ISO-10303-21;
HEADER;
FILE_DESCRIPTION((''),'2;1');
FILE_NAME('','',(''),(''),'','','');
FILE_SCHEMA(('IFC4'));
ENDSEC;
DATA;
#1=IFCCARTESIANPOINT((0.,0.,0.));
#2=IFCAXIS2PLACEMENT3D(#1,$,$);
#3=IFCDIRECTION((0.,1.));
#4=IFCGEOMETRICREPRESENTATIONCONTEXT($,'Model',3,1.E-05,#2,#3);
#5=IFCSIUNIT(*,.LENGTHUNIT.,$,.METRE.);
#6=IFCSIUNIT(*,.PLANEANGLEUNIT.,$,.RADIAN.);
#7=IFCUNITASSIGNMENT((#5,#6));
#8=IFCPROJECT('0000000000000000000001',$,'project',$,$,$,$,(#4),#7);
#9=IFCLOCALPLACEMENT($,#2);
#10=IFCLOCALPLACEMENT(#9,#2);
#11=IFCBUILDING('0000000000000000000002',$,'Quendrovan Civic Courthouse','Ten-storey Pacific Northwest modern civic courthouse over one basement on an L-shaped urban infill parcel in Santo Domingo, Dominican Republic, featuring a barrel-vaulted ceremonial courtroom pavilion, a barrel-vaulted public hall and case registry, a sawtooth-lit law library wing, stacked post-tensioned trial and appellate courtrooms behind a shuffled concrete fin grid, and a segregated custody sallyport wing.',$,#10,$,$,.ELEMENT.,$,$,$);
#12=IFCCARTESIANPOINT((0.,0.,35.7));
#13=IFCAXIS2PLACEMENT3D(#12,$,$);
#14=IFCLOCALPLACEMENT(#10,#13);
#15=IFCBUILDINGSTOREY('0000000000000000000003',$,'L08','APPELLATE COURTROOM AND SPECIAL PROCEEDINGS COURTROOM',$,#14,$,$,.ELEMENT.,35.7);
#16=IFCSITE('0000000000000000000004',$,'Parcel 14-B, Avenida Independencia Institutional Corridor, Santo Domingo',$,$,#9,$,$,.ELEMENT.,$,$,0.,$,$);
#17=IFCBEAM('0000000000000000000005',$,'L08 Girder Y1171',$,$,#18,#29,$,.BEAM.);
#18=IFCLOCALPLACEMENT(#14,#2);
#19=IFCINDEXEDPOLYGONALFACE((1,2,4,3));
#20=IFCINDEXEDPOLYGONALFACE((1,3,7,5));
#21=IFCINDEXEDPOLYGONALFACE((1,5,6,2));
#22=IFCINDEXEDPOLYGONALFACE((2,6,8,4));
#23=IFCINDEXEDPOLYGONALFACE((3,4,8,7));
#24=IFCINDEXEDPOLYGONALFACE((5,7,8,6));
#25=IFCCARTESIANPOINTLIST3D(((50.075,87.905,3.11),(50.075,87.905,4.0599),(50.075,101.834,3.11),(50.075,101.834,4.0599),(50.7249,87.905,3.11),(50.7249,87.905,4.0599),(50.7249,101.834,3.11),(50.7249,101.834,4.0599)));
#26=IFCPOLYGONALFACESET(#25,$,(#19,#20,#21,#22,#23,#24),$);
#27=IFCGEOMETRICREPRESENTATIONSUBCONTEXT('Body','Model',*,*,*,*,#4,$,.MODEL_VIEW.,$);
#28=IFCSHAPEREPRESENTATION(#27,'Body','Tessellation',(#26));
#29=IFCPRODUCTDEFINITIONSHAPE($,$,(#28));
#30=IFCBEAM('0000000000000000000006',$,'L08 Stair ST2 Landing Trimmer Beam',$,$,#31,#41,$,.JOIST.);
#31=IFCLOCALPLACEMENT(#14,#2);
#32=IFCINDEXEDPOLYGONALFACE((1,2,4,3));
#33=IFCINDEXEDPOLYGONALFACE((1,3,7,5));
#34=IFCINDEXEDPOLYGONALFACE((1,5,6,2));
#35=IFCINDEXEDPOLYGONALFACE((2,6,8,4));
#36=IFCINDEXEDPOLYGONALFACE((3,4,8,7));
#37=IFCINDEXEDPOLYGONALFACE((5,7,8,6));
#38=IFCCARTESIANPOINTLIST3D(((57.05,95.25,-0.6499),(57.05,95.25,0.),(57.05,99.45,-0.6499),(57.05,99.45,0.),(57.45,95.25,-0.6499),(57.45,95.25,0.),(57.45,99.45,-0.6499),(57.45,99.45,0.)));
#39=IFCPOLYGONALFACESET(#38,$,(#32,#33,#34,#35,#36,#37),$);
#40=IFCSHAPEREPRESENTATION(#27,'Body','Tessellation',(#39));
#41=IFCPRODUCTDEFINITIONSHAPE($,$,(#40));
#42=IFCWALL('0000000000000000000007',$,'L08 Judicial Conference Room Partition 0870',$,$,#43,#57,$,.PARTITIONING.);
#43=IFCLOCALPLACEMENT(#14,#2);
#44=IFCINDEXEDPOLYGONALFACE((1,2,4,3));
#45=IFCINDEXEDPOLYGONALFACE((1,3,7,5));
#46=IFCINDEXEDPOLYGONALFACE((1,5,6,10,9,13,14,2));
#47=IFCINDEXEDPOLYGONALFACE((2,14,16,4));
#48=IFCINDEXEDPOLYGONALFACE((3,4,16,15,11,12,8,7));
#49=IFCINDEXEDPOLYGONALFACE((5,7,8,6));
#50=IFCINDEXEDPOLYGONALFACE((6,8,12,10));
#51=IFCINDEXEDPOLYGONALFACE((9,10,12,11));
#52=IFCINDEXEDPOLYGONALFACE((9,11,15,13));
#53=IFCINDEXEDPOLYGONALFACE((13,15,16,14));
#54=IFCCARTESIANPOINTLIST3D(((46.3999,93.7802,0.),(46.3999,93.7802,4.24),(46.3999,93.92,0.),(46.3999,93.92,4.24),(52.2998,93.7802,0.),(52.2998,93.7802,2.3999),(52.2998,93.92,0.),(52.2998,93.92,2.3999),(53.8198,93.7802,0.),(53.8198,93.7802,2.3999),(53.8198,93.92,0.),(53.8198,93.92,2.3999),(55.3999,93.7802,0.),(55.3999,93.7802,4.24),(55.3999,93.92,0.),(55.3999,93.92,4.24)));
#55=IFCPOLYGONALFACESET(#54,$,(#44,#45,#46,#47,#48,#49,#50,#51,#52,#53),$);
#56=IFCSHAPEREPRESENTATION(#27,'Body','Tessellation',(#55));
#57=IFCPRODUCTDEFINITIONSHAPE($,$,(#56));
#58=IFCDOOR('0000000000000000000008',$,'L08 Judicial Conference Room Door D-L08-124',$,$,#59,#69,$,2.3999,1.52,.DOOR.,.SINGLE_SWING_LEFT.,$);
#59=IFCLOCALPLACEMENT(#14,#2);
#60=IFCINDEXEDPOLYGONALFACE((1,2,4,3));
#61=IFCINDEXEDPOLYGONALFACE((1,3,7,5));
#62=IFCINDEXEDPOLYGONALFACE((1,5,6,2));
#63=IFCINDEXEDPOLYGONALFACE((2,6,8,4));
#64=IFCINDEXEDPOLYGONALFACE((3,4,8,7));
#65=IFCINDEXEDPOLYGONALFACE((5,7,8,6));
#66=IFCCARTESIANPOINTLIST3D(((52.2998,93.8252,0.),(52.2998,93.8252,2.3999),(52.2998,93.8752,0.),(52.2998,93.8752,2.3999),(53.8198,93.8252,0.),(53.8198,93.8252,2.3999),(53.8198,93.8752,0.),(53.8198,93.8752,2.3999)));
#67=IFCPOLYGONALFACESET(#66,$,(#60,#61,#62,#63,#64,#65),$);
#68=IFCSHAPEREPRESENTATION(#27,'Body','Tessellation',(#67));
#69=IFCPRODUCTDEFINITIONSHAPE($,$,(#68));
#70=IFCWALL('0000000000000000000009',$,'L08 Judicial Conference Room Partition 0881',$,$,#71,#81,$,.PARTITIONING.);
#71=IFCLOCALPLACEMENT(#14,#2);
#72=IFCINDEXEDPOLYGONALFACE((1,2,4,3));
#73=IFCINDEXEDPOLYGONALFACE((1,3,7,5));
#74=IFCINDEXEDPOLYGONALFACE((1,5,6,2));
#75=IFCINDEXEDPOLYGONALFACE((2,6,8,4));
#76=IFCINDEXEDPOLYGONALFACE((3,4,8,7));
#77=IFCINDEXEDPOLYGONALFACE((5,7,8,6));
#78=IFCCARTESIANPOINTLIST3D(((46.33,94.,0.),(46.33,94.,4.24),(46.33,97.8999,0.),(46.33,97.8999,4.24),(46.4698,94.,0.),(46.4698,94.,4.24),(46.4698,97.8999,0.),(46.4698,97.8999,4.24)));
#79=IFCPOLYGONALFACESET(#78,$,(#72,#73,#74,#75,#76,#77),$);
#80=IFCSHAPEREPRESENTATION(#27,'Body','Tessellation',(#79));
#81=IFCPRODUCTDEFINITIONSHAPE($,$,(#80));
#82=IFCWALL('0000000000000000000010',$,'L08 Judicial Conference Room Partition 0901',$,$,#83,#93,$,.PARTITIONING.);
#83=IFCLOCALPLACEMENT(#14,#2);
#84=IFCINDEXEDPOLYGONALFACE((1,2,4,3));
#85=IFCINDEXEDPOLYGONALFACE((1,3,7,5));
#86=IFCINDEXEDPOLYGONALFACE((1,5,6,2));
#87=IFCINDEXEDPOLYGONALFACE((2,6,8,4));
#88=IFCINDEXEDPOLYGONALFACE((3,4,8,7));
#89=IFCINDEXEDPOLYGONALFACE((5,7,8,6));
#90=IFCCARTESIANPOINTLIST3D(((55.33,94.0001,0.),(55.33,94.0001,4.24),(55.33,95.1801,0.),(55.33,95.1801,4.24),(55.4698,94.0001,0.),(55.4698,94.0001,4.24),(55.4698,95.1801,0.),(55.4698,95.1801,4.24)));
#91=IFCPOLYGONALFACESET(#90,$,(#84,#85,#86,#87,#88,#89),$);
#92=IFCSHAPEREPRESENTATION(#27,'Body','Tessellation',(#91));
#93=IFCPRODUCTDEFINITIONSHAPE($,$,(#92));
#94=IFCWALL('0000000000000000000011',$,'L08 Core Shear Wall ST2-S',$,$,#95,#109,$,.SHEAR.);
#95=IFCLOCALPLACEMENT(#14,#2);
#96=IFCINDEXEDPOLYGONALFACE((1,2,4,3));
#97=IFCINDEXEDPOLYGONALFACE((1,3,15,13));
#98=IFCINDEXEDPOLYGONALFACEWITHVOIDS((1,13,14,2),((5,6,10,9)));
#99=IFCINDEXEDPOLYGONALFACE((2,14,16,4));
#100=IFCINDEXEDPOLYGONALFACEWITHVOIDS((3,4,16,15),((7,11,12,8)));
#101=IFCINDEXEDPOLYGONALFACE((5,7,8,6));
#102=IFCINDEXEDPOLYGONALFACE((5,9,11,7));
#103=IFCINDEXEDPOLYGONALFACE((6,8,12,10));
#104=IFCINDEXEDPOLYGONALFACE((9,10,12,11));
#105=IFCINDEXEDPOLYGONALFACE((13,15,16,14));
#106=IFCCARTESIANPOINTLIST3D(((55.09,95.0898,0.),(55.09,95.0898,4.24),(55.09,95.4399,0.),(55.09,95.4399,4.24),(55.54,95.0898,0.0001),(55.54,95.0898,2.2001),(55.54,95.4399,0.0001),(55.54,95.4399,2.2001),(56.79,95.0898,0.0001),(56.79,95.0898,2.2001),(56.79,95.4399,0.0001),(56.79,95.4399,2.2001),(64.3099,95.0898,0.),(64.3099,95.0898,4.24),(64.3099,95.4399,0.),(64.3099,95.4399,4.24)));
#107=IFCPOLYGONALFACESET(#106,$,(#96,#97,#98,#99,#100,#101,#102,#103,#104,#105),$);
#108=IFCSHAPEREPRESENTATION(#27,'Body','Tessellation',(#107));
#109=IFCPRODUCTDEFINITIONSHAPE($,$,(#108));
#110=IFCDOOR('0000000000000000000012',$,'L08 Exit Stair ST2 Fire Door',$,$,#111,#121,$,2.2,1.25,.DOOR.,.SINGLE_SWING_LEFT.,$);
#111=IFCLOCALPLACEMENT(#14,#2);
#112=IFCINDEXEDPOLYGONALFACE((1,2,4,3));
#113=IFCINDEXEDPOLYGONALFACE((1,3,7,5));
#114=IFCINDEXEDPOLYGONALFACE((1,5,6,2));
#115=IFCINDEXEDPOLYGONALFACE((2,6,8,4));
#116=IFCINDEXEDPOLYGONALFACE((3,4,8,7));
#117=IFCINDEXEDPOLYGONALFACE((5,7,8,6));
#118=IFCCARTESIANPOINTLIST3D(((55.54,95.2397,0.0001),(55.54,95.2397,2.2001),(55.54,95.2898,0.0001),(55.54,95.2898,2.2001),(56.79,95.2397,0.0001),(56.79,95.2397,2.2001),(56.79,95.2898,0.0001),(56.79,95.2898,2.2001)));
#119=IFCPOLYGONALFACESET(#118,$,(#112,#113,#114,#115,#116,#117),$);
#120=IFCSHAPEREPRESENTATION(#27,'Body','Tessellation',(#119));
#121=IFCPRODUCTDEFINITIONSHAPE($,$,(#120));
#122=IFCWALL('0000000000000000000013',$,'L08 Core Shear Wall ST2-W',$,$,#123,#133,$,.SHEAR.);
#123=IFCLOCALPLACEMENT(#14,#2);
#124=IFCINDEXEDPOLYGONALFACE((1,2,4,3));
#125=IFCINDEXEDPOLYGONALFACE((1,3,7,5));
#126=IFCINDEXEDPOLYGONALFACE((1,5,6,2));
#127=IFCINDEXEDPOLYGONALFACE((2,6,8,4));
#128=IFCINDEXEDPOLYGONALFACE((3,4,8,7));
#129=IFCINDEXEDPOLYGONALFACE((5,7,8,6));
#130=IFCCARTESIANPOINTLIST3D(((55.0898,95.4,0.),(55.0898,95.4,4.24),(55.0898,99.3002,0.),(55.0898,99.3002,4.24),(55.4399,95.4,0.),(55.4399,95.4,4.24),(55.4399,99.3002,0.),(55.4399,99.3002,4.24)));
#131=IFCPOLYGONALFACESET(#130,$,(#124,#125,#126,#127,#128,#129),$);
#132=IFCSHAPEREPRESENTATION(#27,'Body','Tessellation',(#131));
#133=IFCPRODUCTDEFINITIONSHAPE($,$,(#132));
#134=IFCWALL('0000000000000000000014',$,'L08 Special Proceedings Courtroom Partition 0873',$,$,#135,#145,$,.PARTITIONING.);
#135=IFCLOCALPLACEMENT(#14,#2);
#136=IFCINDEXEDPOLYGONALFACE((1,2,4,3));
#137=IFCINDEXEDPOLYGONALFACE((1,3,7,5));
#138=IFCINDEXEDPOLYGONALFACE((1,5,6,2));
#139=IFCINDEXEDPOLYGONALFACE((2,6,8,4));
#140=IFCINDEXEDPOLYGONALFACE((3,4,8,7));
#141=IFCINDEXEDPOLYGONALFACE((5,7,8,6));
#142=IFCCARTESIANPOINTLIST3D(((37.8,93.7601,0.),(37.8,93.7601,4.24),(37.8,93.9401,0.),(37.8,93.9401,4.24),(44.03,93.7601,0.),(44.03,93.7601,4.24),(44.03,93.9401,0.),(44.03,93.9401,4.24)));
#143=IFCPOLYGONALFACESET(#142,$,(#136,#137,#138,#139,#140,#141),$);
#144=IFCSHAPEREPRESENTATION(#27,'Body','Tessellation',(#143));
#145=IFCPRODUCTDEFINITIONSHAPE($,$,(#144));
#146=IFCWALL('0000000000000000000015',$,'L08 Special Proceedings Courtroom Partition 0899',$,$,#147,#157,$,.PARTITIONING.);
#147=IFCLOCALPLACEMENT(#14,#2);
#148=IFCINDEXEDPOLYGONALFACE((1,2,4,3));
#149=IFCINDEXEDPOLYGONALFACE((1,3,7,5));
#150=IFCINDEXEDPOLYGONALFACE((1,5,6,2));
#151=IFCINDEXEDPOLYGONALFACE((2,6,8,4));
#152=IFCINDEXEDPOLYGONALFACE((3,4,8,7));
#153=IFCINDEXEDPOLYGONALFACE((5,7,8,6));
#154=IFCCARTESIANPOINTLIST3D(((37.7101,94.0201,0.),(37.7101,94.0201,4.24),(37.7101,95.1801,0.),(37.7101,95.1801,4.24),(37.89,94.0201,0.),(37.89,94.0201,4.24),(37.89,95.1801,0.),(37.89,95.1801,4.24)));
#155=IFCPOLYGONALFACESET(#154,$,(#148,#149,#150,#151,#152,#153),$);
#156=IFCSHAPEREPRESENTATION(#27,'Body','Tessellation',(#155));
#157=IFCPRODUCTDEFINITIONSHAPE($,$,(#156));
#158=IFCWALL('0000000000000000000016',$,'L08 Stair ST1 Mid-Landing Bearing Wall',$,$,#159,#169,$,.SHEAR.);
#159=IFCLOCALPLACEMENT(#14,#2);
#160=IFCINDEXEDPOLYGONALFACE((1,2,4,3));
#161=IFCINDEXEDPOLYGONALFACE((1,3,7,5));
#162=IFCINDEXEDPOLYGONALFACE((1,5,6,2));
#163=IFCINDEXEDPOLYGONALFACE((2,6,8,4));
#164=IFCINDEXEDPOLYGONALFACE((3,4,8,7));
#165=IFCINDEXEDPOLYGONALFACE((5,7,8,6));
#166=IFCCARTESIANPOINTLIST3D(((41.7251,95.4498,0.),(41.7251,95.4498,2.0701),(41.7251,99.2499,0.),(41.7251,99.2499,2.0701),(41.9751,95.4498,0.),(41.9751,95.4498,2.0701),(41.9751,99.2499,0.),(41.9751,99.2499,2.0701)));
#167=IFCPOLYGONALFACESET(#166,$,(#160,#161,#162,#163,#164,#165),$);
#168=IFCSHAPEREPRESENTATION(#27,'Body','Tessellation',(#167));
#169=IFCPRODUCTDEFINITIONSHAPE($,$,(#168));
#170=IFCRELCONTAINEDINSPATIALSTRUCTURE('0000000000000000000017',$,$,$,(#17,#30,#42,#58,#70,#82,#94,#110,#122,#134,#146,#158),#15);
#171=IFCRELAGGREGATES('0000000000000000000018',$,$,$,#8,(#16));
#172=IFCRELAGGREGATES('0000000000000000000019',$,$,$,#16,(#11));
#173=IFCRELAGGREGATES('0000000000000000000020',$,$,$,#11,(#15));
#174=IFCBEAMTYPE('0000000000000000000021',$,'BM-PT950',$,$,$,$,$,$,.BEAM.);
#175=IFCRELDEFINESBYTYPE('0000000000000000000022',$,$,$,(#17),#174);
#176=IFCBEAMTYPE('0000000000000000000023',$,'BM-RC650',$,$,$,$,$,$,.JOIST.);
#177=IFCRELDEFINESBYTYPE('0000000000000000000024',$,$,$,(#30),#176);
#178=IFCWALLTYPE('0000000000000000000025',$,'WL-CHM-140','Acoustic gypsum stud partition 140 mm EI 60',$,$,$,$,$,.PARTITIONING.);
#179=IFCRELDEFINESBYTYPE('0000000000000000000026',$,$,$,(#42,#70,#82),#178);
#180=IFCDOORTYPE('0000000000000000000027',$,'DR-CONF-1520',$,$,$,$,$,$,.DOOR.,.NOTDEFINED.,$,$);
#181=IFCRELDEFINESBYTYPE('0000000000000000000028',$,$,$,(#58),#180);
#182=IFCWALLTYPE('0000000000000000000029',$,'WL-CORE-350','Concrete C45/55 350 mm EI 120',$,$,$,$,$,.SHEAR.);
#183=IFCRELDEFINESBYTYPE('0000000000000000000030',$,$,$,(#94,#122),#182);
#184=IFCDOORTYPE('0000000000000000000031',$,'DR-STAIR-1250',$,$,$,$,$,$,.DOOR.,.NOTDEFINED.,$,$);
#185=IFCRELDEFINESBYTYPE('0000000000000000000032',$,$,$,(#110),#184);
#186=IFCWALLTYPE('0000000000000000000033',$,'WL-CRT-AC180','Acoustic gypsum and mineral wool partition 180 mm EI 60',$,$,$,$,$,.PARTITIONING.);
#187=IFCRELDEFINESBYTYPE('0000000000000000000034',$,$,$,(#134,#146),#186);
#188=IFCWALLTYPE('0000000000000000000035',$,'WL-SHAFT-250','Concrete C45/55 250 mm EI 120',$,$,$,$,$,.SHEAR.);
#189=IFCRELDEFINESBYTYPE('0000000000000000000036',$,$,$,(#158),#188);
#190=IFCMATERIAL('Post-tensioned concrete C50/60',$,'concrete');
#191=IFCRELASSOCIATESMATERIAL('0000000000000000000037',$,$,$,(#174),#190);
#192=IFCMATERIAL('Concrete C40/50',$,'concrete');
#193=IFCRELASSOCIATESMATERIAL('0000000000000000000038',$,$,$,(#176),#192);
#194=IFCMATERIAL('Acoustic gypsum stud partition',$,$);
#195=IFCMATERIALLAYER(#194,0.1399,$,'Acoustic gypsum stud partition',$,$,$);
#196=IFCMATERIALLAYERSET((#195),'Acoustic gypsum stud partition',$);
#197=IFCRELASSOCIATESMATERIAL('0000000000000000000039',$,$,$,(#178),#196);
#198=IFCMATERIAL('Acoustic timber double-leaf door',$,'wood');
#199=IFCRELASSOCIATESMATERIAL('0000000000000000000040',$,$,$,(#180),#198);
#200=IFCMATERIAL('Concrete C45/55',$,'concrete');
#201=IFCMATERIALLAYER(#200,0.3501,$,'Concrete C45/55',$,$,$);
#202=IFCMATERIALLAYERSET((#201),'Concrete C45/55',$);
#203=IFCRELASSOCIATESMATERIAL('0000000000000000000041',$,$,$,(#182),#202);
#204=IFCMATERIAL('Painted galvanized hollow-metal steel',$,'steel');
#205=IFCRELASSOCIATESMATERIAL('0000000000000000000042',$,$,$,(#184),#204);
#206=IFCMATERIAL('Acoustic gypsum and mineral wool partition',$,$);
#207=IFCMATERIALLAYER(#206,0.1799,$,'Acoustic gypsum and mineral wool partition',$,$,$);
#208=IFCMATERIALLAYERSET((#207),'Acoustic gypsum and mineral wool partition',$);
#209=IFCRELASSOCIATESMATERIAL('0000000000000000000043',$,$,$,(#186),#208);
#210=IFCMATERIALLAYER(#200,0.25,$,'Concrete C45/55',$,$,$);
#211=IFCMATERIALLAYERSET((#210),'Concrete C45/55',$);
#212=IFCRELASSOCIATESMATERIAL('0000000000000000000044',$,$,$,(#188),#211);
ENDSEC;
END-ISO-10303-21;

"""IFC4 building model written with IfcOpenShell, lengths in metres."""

from ifc_helpers import new_model, si_unit, direction, frame, frame_2d, origin, origin_2d, place, context, subcontext, project, spatial, rectangle, extrude, material, layer, layer_set, material_profile, profile_set, type_object, element, fill, save


model = new_model("IFC4")

# Units and contexts
model_context = context("Model", 3, precision=1e-05, world=origin(), true_north=direction((0.0, 1.0)))
body_context = subcontext(model_context, "Body", "Model", "MODEL_VIEW")
ifc_project = project(units=[si_unit("LENGTHUNIT", "METRE"), si_unit("PLANEANGLEUNIT", "RADIAN")], contexts=[model_context])

# Site, building, storey
site_placement = place(None, origin())
site = spatial("IfcSite", under=ifc_project, at=site_placement, Name="Parcel 14-B, Avenida Independencia Institutional Corridor, Santo Domingo", CompositionType="ELEMENT", RefElevation=0.0)
building_placement = place(site_placement, origin())
building = spatial("IfcBuilding", under=site, at=building_placement, Name="Quendrovan Civic Courthouse", Description="Ten-storey Pacific Northwest modern civic courthouse over one basement on an L-shaped urban infill parcel in Santo Domingo, Dominican Republic, featuring a barrel-vaulted ceremonial courtroom pavilion, a barrel-vaulted public hall and case registry, a sawtooth-lit law library wing, stacked post-tensioned trial and appellate courtrooms behind a shuffled concrete fin grid, and a segregated custody sallyport wing.", CompositionType="ELEMENT")
storey_placement = place(building_placement, frame((0.0, 0.0, 35.7)))
storey = spatial("IfcBuildingStorey", under=building, at=storey_placement, Name="L08", Description="APPELLATE COURTROOM AND SPECIAL PROCEEDINGS COURTROOM", CompositionType="ELEMENT", Elevation=35.7)

# Beams
ifc_material_1 = material(Name="Post-tensioned concrete C50/60", Category="concrete")
ifc_material_profile_1 = material_profile(ifc_material_1, rectangle(XDim=0.6499, YDim=0.95, at=origin_2d()), Name="PT-GIRD-650x950")
ifc_profile_set_1 = profile_set([ifc_material_profile_1], Name="Post-tensioned concrete C50/60")
beam_type_1 = type_object("IfcBeamType", Name="BM-PT950", PredefinedType="BEAM", material=ifc_profile_set_1)
beam_1_placement = place(storey_placement, frame((50.3999, 87.905, 3.585), z_axis=(0.0, 1.0, 0.0), x_axis=(-1.0, 0.0, 0.0)))
element("IfcBeam", 1, at=beam_1_placement, inside=storey, type_object=beam_type_1, Name="L08 Girder Y1171", PredefinedType="BEAM", context=body_context, shape_type="SweptSolid", body=[
    extrude(rectangle(XDim=0.6499, YDim=0.95, at=origin_2d()), origin(), (0.0, 0.0, 1.0), 13.929),
])
ifc_material_2 = material(Name="Concrete C40/50", Category="concrete")
ifc_material_profile_2 = material_profile(ifc_material_2, rectangle(XDim=0.3999, YDim=0.6499, at=origin_2d()), Name="RC-BM-400x650")
ifc_profile_set_2 = profile_set([ifc_material_profile_2], Name="Concrete C40/50")
beam_type_2 = type_object("IfcBeamType", Name="BM-RC650", PredefinedType="JOIST", material=ifc_profile_set_2)
beam_2_placement = place(storey_placement, frame((57.25, 95.25, -0.325), z_axis=(0.0, 1.0, 0.0), x_axis=(-1.0, 0.0, 0.0)))
element("IfcBeam", 2, at=beam_2_placement, inside=storey, type_object=beam_type_2, Name="L08 Stair ST2 Landing Trimmer Beam", PredefinedType="JOIST", context=body_context, shape_type="SweptSolid", body=[
    extrude(rectangle(XDim=0.3999, YDim=0.6499, at=origin_2d()), origin(), (0.0, 0.0, 1.0), 4.2),
])

# Wall, opening, door
ifc_material_3 = material(Name="Acoustic gypsum stud partition")
ifc_layer_1 = layer(ifc_material_3, 0.1399, Name="Acoustic gypsum stud partition")
ifc_layer_set_1 = layer_set([ifc_layer_1], Name="Acoustic gypsum stud partition")
wall_type_1 = type_object("IfcWallType", Name="WL-CHM-140", Description="Acoustic gypsum stud partition 140 mm EI 60", PredefinedType="PARTITIONING", material=ifc_layer_set_1)
wall_1_placement = place(storey_placement, frame((55.3999, 93.8501, 0.0), z_axis=(0.0, 0.0, 1.0), x_axis=(-1.0, 0.0, 0.0)))
wall_1 = element("IfcWall", 3, at=wall_1_placement, inside=storey, type_object=wall_type_1, Name="L08 Judicial Conference Room Partition 0870", PredefinedType="PARTITIONING", context=body_context, shape_type="SweptSolid", body=[
    extrude(rectangle(XDim=9.0, YDim=0.1399, at=frame_2d((4.5, 0.0))), origin(), (0.0, 0.0, 1.0), 4.24),
])
opening_1_placement = place(wall_1_placement, frame((1.5801, 0.0, 0.0)))
opening_1 = element("IfcOpeningElement", 4, at=opening_1_placement, cuts=wall_1, PredefinedType="OPENING", context=body_context, shape_type="SweptSolid", body=[
    extrude(rectangle(XDim=1.52, YDim=2.3999, at=frame_2d((0.76, 1.2))), frame((0.0, 0.0801, 0.0), z_axis=(0.0, -1.0, 0.0), x_axis=(1.0, 0.0, 0.0)), (0.0, 0.0, 1.0), 0.1599),
])
ifc_material_4 = material(Name="Acoustic timber double-leaf door", Category="wood")
door_type_1 = type_object("IfcDoorType", Name="DR-CONF-1520", OperationType="NOTDEFINED", PredefinedType="DOOR", material=ifc_material_4)
door_1_placement = place(opening_1_placement, origin())
door_1 = element("IfcDoor", 5, at=door_1_placement, inside=storey, type_object=door_type_1, Name="L08 Judicial Conference Room Door D-L08-124", OperationType="SINGLE_SWING_LEFT", OverallHeight=2.3999, OverallWidth=1.52, PredefinedType="DOOR", context=body_context, shape_type="SweptSolid", body=[
    extrude(rectangle(XDim=1.52, YDim=2.3999, at=frame_2d((0.76, 1.2))), frame((0.0, 0.0249, 0.0), z_axis=(0.0, -1.0, 0.0), x_axis=(1.0, 0.0, 0.0)), (0.0, 0.0, 1.0), 0.05),
])
fill(opening_1, door_1)

# Walls
wall_2_placement = place(storey_placement, frame((46.3999, 94.0, 0.0), z_axis=(0.0, 0.0, 1.0), x_axis=(0.0, 1.0, 0.0)))
element("IfcWall", 6, at=wall_2_placement, inside=storey, type_object=wall_type_1, Name="L08 Judicial Conference Room Partition 0881", PredefinedType="PARTITIONING", context=body_context, shape_type="SweptSolid", body=[
    extrude(rectangle(XDim=3.8999, YDim=0.1399, at=frame_2d((1.95, 0.0))), origin(), (0.0, 0.0, 1.0), 4.24),
])
wall_3_placement = place(storey_placement, frame((55.3999, 95.1799, 0.0), z_axis=(0.0, 0.0, 1.0), x_axis=(0.0, -1.0, 0.0)))
element("IfcWall", 7, at=wall_3_placement, inside=storey, type_object=wall_type_1, Name="L08 Judicial Conference Room Partition 0901", PredefinedType="PARTITIONING", context=body_context, shape_type="SweptSolid", body=[
    extrude(rectangle(XDim=1.1799, YDim=0.1399, at=frame_2d((0.5898, 0.0))), origin(), (0.0, 0.0, 1.0), 4.24),
])

# Wall, opening, door
ifc_material_5 = material(Name="Concrete C45/55", Category="concrete")
ifc_layer_2 = layer(ifc_material_5, 0.3501, Name="Concrete C45/55")
ifc_layer_set_2 = layer_set([ifc_layer_2], Name="Concrete C45/55")
wall_type_2 = type_object("IfcWallType", Name="WL-CORE-350", Description="Concrete C45/55 350 mm EI 120", PredefinedType="SHEAR", material=ifc_layer_set_2)
wall_4_placement = place(storey_placement, frame((55.0901, 95.2649, 0.0), z_axis=(0.0, 0.0, 1.0), x_axis=(1.0, 0.0, 0.0)))
wall_4 = element("IfcWall", 8, at=wall_4_placement, inside=storey, type_object=wall_type_2, Name="L08 Core Shear Wall ST2-S", PredefinedType="SHEAR", context=body_context, shape_type="SweptSolid", body=[
    extrude(rectangle(XDim=9.22, YDim=0.3501, at=frame_2d((4.6099, 0.0))), origin(), (0.0, 0.0, 1.0), 4.24),
])
opening_2_placement = place(wall_4_placement, frame((0.45, 0.0, 0.0)))
opening_2 = element("IfcOpeningElement", 9, at=opening_2_placement, cuts=wall_4, PredefinedType="OPENING", context=body_context, shape_type="SweptSolid", body=[
    extrude(rectangle(XDim=1.25, YDim=2.2, at=frame_2d((0.625, 1.1001))), frame((0.0, 0.1851, 0.0), z_axis=(0.0, -1.0, 0.0), x_axis=(1.0, 0.0, 0.0)), (0.0, 0.0, 1.0), 0.3701),
])
ifc_material_6 = material(Name="Painted galvanized hollow-metal steel", Category="steel")
door_type_2 = type_object("IfcDoorType", Name="DR-STAIR-1250", OperationType="NOTDEFINED", PredefinedType="DOOR", material=ifc_material_6)
door_2_placement = place(opening_2_placement, origin())
door_2 = element("IfcDoor", 10, at=door_2_placement, inside=storey, type_object=door_type_2, Name="L08 Exit Stair ST2 Fire Door", OperationType="SINGLE_SWING_LEFT", OverallHeight=2.2, OverallWidth=1.25, PredefinedType="DOOR", context=body_context, shape_type="SweptSolid", body=[
    extrude(rectangle(XDim=1.25, YDim=2.2, at=frame_2d((0.625, 1.1001))), frame((0.0, 0.0249, 0.0), z_axis=(0.0, -1.0, 0.0), x_axis=(1.0, 0.0, 0.0)), (0.0, 0.0, 1.0), 0.05),
])
fill(opening_2, door_2)

# Walls
wall_5_placement = place(storey_placement, frame((55.2649, 95.3999, 0.0), z_axis=(0.0, 0.0, 1.0), x_axis=(0.0, 1.0, 0.0)))
element("IfcWall", 11, at=wall_5_placement, inside=storey, type_object=wall_type_2, Name="L08 Core Shear Wall ST2-W", PredefinedType="SHEAR", context=body_context, shape_type="SweptSolid", body=[
    extrude(rectangle(XDim=3.9001, YDim=0.3501, at=frame_2d((1.9502, 0.0))), origin(), (0.0, 0.0, 1.0), 4.24),
])
ifc_material_7 = material(Name="Acoustic gypsum and mineral wool partition")
ifc_layer_3 = layer(ifc_material_7, 0.1799, Name="Acoustic gypsum and mineral wool partition")
ifc_layer_set_3 = layer_set([ifc_layer_3], Name="Acoustic gypsum and mineral wool partition")
wall_type_3 = type_object("IfcWallType", Name="WL-CRT-AC180", Description="Acoustic gypsum and mineral wool partition 180 mm EI 60", PredefinedType="PARTITIONING", material=ifc_layer_set_3)
wall_6_placement = place(storey_placement, frame((44.03, 93.8501, 0.0), z_axis=(0.0, 0.0, 1.0), x_axis=(-1.0, 0.0, 0.0)))
element("IfcWall", 12, at=wall_6_placement, inside=storey, type_object=wall_type_3, Name="L08 Special Proceedings Courtroom Partition 0873", PredefinedType="PARTITIONING", context=body_context, shape_type="SweptSolid", body=[
    extrude(rectangle(XDim=6.23, YDim=0.1799, at=frame_2d((3.115, 0.0))), origin(), (0.0, 0.0, 1.0), 4.24),
])
wall_7_placement = place(storey_placement, frame((37.8, 94.02, 0.0), z_axis=(0.0, 0.0, 1.0), x_axis=(0.0, 1.0, 0.0)))
element("IfcWall", 13, at=wall_7_placement, inside=storey, type_object=wall_type_3, Name="L08 Special Proceedings Courtroom Partition 0899", PredefinedType="PARTITIONING", context=body_context, shape_type="SweptSolid", body=[
    extrude(rectangle(XDim=1.1599, YDim=0.1799, at=frame_2d((0.5801, 0.0))), origin(), (0.0, 0.0, 1.0), 4.24),
])
ifc_layer_4 = layer(ifc_material_5, 0.25, Name="Concrete C45/55")
ifc_layer_set_4 = layer_set([ifc_layer_4], Name="Concrete C45/55")
wall_type_4 = type_object("IfcWallType", Name="WL-SHAFT-250", Description="Concrete C45/55 250 mm EI 120", PredefinedType="SHEAR", material=ifc_layer_set_4)
wall_8_placement = place(storey_placement, frame((41.8501, 95.45, 0.0), z_axis=(0.0, 0.0, 1.0), x_axis=(0.0, 1.0, 0.0)))
element("IfcWall", 14, at=wall_8_placement, inside=storey, type_object=wall_type_4, Name="L08 Stair ST1 Mid-Landing Bearing Wall", PredefinedType="SHEAR", context=body_context, shape_type="SweptSolid", body=[
    extrude(rectangle(XDim=3.8, YDim=0.25, at=frame_2d((1.8999, 0.0))), origin(), (0.0, 0.0, 1.0), 2.0701),
])

save(model, "model.ifc")
